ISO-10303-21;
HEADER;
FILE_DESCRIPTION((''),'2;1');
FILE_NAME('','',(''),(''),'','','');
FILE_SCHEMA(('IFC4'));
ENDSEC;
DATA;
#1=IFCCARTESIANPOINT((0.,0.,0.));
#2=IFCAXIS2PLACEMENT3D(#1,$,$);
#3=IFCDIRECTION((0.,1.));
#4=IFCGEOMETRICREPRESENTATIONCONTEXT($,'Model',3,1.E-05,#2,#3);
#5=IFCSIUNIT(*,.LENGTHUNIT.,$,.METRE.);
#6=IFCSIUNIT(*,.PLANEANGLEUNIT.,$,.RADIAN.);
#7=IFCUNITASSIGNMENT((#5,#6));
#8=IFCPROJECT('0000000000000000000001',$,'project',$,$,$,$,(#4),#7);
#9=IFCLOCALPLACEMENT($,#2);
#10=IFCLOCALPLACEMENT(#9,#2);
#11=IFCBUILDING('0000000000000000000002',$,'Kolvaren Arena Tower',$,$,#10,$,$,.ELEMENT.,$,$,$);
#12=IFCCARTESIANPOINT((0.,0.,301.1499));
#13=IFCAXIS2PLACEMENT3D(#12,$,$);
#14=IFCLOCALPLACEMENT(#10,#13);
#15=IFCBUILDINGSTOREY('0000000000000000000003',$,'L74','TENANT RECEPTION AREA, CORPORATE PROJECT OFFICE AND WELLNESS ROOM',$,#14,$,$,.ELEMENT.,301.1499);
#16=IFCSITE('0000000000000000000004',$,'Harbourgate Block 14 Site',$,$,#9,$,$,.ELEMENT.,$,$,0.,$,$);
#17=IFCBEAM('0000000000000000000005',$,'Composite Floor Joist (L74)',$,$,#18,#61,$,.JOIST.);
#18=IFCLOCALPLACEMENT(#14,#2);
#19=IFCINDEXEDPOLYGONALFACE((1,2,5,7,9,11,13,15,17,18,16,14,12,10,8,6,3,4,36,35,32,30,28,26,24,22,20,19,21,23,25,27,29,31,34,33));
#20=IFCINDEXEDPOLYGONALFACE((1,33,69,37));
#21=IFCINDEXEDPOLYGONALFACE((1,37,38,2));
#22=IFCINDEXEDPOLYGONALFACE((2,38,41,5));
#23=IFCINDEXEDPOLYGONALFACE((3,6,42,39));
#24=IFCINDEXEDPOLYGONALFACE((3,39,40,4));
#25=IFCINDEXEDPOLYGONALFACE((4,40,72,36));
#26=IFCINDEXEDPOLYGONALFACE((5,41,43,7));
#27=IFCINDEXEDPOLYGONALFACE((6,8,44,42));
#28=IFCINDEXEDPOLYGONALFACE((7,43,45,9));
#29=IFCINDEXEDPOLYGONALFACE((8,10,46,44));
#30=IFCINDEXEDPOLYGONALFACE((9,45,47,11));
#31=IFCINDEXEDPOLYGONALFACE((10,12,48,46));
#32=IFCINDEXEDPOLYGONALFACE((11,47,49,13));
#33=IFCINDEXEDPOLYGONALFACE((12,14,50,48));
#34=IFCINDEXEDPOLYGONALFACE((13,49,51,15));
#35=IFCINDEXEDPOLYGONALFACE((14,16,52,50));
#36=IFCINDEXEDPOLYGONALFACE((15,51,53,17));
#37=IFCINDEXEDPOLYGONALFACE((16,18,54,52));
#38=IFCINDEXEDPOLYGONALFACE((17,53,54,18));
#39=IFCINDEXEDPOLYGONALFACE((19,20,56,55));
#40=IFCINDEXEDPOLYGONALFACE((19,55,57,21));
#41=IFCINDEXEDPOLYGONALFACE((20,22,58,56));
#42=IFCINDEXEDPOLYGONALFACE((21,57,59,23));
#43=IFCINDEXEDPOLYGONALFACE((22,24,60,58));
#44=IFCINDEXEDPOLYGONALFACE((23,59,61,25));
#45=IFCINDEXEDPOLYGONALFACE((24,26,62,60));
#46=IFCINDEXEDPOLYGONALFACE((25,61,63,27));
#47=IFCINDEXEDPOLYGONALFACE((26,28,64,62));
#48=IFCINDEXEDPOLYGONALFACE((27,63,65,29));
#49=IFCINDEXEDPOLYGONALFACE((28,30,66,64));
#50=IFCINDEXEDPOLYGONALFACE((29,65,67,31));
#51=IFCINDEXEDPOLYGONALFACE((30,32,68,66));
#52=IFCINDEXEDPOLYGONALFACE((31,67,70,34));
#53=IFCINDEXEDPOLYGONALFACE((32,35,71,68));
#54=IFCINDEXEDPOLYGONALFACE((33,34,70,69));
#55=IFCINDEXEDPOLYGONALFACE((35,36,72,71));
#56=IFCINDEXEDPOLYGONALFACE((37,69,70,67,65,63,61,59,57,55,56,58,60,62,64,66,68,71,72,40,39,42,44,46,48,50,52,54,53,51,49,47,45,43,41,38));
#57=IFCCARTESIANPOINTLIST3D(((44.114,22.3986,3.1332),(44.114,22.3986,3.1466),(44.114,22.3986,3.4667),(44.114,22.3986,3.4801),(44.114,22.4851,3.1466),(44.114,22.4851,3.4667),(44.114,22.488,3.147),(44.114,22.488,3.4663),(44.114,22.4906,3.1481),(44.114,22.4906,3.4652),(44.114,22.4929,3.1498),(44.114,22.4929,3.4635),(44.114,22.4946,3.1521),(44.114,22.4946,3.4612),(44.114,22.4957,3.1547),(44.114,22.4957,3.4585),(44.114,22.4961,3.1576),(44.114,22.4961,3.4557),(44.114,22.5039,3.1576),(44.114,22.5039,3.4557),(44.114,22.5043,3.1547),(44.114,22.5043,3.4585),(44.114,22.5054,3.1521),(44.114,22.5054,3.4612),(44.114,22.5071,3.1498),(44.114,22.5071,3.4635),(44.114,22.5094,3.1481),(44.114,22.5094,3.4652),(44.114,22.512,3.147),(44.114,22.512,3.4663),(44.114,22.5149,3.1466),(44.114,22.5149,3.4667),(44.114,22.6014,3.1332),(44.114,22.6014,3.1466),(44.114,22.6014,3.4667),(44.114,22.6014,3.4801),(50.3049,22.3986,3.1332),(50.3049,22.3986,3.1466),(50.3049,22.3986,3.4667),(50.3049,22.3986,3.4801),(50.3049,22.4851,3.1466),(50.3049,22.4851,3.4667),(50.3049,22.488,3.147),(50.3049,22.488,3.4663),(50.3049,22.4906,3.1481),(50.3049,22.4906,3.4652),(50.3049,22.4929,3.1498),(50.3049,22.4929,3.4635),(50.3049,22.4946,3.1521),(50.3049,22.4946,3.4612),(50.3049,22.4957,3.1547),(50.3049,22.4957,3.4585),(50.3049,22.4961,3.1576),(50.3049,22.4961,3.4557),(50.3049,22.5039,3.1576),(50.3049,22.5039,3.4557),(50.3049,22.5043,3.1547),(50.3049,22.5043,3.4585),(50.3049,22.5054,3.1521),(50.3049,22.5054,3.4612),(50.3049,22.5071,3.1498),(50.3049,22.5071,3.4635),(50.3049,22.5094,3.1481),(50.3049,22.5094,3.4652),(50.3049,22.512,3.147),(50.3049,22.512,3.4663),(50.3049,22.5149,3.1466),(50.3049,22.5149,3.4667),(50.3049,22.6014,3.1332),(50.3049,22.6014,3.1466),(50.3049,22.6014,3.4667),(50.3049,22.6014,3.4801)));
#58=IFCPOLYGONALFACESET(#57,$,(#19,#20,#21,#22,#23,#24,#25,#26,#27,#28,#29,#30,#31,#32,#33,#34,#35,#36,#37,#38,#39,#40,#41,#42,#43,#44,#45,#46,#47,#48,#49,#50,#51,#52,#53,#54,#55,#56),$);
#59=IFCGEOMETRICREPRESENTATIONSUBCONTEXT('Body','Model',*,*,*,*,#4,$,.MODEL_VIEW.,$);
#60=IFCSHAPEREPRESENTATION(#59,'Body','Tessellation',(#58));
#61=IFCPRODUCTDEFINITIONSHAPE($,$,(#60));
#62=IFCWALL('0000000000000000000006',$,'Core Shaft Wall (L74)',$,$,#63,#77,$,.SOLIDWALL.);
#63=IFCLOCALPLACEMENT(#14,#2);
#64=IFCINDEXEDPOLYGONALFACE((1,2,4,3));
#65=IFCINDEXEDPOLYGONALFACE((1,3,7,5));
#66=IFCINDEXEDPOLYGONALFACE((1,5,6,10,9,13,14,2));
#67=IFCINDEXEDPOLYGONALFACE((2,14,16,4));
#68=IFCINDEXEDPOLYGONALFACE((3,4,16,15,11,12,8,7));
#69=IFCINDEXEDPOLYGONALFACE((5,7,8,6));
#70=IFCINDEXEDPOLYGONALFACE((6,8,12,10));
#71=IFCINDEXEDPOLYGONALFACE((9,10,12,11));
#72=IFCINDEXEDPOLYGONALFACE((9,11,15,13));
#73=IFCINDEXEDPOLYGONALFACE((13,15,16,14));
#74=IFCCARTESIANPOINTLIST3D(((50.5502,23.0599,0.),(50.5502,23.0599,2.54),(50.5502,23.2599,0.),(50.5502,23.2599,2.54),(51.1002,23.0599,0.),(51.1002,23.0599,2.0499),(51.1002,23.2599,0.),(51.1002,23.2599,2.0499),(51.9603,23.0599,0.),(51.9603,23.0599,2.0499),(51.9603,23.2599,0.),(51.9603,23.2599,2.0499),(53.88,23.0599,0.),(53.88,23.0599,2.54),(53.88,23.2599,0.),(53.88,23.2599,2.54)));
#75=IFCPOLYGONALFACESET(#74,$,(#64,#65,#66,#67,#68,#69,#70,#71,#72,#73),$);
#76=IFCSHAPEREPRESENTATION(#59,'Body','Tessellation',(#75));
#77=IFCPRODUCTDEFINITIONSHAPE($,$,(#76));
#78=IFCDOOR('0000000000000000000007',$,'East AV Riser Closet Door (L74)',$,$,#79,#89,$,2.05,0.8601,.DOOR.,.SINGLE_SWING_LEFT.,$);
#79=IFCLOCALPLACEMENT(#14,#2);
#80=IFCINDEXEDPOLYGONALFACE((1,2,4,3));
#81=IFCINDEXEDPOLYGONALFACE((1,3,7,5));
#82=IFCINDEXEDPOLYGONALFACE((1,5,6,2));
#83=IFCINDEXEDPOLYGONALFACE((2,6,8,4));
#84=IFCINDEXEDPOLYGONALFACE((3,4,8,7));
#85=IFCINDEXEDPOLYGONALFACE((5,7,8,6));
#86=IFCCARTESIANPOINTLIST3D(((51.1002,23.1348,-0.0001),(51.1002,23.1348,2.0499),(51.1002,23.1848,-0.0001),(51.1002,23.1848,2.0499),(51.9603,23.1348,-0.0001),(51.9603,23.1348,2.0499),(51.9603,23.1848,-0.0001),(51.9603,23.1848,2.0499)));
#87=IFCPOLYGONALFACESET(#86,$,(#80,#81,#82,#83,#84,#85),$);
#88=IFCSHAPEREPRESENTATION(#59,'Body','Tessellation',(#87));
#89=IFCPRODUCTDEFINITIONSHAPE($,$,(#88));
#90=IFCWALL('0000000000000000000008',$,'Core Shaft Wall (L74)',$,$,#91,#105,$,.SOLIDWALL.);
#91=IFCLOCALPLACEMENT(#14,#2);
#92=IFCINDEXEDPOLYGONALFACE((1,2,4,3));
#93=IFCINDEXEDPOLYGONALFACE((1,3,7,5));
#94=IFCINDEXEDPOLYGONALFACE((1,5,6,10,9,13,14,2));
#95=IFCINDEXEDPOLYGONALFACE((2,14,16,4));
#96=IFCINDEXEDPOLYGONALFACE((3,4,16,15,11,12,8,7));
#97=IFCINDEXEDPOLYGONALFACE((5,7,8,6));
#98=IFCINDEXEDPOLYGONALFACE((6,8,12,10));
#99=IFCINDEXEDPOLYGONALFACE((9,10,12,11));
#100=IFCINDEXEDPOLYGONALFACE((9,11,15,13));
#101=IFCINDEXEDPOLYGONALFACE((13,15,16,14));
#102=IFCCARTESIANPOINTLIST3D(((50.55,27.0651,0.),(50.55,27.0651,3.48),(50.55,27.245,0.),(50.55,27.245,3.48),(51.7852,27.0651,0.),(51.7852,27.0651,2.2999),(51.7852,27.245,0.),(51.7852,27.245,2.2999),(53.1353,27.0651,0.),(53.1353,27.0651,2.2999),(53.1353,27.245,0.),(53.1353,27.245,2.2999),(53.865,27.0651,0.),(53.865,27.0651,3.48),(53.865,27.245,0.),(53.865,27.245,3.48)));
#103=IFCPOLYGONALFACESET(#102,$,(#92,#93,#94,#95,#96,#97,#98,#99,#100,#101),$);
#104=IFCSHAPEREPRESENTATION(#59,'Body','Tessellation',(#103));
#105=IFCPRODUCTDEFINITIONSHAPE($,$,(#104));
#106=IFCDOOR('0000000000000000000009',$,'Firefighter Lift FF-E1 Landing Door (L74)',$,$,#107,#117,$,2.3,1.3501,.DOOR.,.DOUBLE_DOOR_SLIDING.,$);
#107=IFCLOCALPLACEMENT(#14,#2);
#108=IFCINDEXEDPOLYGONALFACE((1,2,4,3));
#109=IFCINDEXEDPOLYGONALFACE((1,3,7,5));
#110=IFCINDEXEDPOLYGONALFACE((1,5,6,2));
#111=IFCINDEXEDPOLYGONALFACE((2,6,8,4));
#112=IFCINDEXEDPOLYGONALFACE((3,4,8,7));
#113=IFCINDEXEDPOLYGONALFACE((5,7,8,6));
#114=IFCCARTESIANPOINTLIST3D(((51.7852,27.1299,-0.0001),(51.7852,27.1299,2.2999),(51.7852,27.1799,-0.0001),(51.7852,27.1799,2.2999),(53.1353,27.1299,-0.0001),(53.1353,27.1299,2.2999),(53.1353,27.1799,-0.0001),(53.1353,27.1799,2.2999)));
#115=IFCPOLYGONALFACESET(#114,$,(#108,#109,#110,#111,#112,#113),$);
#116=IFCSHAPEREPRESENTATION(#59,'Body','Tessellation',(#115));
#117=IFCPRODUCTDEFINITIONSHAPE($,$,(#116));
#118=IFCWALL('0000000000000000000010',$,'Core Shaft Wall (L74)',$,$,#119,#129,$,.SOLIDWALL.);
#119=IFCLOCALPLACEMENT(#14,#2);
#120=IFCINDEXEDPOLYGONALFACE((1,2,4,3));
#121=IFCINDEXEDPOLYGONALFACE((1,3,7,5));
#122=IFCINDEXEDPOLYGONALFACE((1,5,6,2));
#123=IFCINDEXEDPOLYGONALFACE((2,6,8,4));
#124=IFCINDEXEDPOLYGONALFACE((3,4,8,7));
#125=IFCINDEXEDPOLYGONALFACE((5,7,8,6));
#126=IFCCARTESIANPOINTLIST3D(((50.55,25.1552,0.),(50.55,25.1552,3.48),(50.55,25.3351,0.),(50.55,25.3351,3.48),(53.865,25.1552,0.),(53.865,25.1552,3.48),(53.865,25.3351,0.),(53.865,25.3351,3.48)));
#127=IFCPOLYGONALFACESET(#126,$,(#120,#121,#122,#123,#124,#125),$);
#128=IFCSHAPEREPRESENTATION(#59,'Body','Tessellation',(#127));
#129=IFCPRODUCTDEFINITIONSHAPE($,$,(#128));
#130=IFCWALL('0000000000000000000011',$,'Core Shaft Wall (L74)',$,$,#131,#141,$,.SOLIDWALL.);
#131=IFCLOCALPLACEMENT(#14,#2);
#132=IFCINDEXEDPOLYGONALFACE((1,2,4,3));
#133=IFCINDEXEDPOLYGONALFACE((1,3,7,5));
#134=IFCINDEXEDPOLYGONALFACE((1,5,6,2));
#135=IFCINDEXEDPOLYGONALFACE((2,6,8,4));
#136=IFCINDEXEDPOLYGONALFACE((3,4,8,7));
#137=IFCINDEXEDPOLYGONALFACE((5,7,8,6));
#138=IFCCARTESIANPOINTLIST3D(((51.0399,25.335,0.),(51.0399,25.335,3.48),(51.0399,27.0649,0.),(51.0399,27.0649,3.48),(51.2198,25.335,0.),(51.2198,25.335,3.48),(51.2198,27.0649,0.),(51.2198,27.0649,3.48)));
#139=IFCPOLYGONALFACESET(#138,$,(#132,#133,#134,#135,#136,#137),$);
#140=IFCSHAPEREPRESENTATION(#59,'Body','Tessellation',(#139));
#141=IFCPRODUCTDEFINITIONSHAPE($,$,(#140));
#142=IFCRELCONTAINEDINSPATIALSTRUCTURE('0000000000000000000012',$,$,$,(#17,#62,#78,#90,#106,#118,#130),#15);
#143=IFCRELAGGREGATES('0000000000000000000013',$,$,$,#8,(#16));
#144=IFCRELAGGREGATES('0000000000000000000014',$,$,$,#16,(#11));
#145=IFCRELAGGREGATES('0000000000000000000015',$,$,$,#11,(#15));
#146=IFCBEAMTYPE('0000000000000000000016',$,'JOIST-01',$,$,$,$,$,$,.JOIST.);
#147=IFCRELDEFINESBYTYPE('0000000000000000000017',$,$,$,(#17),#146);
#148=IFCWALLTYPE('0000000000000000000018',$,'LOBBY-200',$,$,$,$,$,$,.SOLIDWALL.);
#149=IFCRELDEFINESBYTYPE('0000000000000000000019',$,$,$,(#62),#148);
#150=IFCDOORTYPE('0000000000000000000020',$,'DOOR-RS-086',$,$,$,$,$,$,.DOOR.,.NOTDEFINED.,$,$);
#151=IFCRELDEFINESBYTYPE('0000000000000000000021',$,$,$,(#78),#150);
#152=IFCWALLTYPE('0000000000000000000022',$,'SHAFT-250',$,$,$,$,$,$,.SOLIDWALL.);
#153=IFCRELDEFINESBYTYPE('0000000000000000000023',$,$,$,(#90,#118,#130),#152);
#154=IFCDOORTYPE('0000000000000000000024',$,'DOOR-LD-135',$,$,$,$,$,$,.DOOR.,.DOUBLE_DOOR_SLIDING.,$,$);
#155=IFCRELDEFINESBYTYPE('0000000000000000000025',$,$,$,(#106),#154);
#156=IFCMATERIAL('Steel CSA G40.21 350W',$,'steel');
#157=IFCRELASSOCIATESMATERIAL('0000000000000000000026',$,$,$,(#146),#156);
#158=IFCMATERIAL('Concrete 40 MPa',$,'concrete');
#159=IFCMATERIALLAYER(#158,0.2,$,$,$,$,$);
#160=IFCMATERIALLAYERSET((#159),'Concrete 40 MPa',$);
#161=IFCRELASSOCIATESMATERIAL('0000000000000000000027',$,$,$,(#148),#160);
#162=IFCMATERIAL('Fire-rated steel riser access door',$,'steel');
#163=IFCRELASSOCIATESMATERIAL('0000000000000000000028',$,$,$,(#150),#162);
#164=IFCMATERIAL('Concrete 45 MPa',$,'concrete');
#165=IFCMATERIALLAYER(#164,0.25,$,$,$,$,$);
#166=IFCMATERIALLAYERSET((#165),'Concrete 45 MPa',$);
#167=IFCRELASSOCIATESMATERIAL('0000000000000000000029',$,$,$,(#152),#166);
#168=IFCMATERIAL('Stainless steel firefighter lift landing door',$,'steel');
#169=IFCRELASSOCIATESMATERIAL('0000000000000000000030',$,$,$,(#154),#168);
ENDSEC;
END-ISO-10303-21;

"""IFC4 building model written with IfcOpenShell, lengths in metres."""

from ifc_helpers import new_model, si_unit, direction, frame, frame_2d, origin, origin_2d, place, context, subcontext, project, spatial, rectangle, i_section, extrude, material, layer, layer_set, material_profile, profile_set, type_object, element, fill, save


model = new_model("IFC4")

# Units and contexts
model_context = context("Model", 3, precision=1e-05, world=origin(), true_north=direction((0.0, 1.0)))
body_context = subcontext(model_context, "Body", "Model", "MODEL_VIEW")
ifc_project = project(units=[si_unit("LENGTHUNIT", "METRE"), si_unit("PLANEANGLEUNIT", "RADIAN")], contexts=[model_context])

# Site, building, storey
site_placement = place(None, origin())
site = spatial("IfcSite", under=ifc_project, at=site_placement, Name="Harbourgate Block 14 Site", CompositionType="ELEMENT", RefElevation=0.0)
building_placement = place(site_placement, origin())
building = spatial("IfcBuilding", under=site, at=building_placement, Name="Kolvaren Arena Tower", CompositionType="ELEMENT")
storey_placement = place(building_placement, frame((0.0, 0.0, 301.1499)))
storey = spatial("IfcBuildingStorey", under=building, at=storey_placement, Name="L74", Description="TENANT RECEPTION AREA, CORPORATE PROJECT OFFICE AND WELLNESS ROOM", CompositionType="ELEMENT", Elevation=301.1499)

# Beam
ifc_material_1 = material(Name="Steel CSA G40.21 350W", Category="steel")
ifc_material_profile_1 = material_profile(ifc_material_1, i_section(OverallWidth=0.2029, OverallDepth=0.3469, WebThickness=0.0078, FlangeThickness=0.0134, FilletRadius=0.011, at=origin_2d()), Name="W360x64")
ifc_profile_set_1 = profile_set([ifc_material_profile_1], Name="Steel CSA G40.21 350W")
beam_type_1 = type_object("IfcBeamType", Name="JOIST-01", PredefinedType="JOIST", material=ifc_profile_set_1)
beam_1_placement = place(storey_placement, frame((44.114, 22.5, 3.3066), z_axis=(1.0, 0.0, 0.0), x_axis=(0.0, 1.0, 0.0)))
element("IfcBeam", 1, at=beam_1_placement, inside=storey, type_object=beam_type_1, Name="Composite Floor Joist (L74)", PredefinedType="JOIST", context=body_context, shape_type="SweptSolid", body=[
    extrude(i_section(OverallWidth=0.2029, OverallDepth=0.3469, WebThickness=0.0078, FlangeThickness=0.0134, FilletRadius=0.011, at=origin_2d()), origin(), (0.0, 0.0, 1.0), 6.1909),
])

# Shared definitions
ifc_material_2 = material(Name="Concrete 40 MPa", Category="concrete")
ifc_layer_1 = layer(ifc_material_2, 0.2)
ifc_layer_set_1 = layer_set([ifc_layer_1], Name="Concrete 40 MPa")
wall_type_1 = type_object("IfcWallType", Name="LOBBY-200", PredefinedType="SOLIDWALL", material=ifc_layer_set_1)

# Walls, openings, doors
wall_1_placement = place(storey_placement, frame((50.55, 23.1599, 0.0), z_axis=(0.0, 0.0, 1.0), x_axis=(1.0, 0.0, 0.0)))
wall_1 = element("IfcWall", 2, at=wall_1_placement, inside=storey, type_object=wall_type_1, Name="Core Shaft Wall (L74)", PredefinedType="SOLIDWALL", context=body_context, shape_type="SweptSolid", body=[
    extrude(rectangle(XDim=3.3298, YDim=0.2, at=frame_2d((1.665, 0.0))), origin(), (0.0, 0.0, 1.0), 2.54),
])
opening_1_placement = place(wall_1_placement, frame((0.55, 0.0, 0.0)))
opening_1 = element("IfcOpeningElement", 3, at=opening_1_placement, cuts=wall_1, PredefinedType="OPENING", context=body_context, shape_type="SweptSolid", body=[
    extrude(rectangle(XDim=0.8601, YDim=2.05, at=frame_2d((0.4302, 1.0249))), frame((0.0, 0.1099, 0.0), z_axis=(0.0, -1.0, 0.0), x_axis=(1.0, 0.0, 0.0)), (0.0, 0.0, 1.0), 0.22),
])
ifc_material_3 = material(Name="Fire-rated steel riser access door", Category="steel")
door_type_1 = type_object("IfcDoorType", Name="DOOR-RS-086", OperationType="NOTDEFINED", PredefinedType="DOOR", material=ifc_material_3)
door_1_placement = place(opening_1_placement, origin())
door_1 = element("IfcDoor", 4, at=door_1_placement, inside=storey, type_object=door_type_1, Name="East AV Riser Closet Door (L74)", OperationType="SINGLE_SWING_LEFT", OverallHeight=2.05, OverallWidth=0.8601, PredefinedType="DOOR", context=body_context, shape_type="SweptSolid", body=[
    extrude(rectangle(XDim=0.8601, YDim=2.05, at=frame_2d((0.4302, 1.0249))), frame((0.0, 0.0249, 0.0), z_axis=(0.0, -1.0, 0.0), x_axis=(1.0, 0.0, 0.0)), (0.0, 0.0, 1.0), 0.05),
])
fill(opening_1, door_1)
ifc_material_4 = material(Name="Concrete 45 MPa", Category="concrete")
ifc_layer_2 = layer(ifc_material_4, 0.25)
ifc_layer_set_2 = layer_set([ifc_layer_2], Name="Concrete 45 MPa")
wall_type_2 = type_object("IfcWallType", Name="SHAFT-250", PredefinedType="SOLIDWALL", material=ifc_layer_set_2)
wall_2_placement = place(storey_placement, frame((50.55, 27.155, 0.0), z_axis=(0.0, 0.0, 1.0), x_axis=(1.0, 0.0, 0.0)))
wall_2 = element("IfcWall", 5, at=wall_2_placement, inside=storey, type_object=wall_type_2, Name="Core Shaft Wall (L74)", PredefinedType="SOLIDWALL", context=body_context, shape_type="SweptSolid", body=[
    extrude(rectangle(XDim=3.3149, YDim=0.1799, at=frame_2d((1.6575, 0.0))), origin(), (0.0, 0.0, 1.0), 3.48),
])
opening_2_placement = place(wall_2_placement, frame((1.2351, 0.0, 0.0)))
opening_2 = element("IfcOpeningElement", 6, at=opening_2_placement, cuts=wall_2, PredefinedType="OPENING", context=body_context, shape_type="SweptSolid", body=[
    extrude(rectangle(XDim=1.3501, YDim=2.3, at=frame_2d((0.675, 1.1499))), frame((0.0, 0.0999, 0.0), z_axis=(0.0, -1.0, 0.0), x_axis=(1.0, 0.0, 0.0)), (0.0, 0.0, 1.0), 0.2),
])
ifc_material_5 = material(Name="Stainless steel firefighter lift landing door", Category="steel")
door_type_2 = type_object("IfcDoorType", Name="DOOR-LD-135", OperationType="DOUBLE_DOOR_SLIDING", PredefinedType="DOOR", material=ifc_material_5)
door_2_placement = place(opening_2_placement, origin())
door_2 = element("IfcDoor", 7, at=door_2_placement, inside=storey, type_object=door_type_2, Name="Firefighter Lift FF-E1 Landing Door (L74)", OperationType="DOUBLE_DOOR_SLIDING", OverallHeight=2.3, OverallWidth=1.3501, PredefinedType="DOOR", context=body_context, shape_type="SweptSolid", body=[
    extrude(rectangle(XDim=1.3501, YDim=2.3, at=frame_2d((0.675, 1.1499))), frame((0.0, 0.0249, 0.0), z_axis=(0.0, -1.0, 0.0), x_axis=(1.0, 0.0, 0.0)), (0.0, 0.0, 1.0), 0.05),
])
fill(opening_2, door_2)

# Walls
wall_3_placement = place(storey_placement, frame((50.55, 25.2451, 0.0), z_axis=(0.0, 0.0, 1.0), x_axis=(1.0, 0.0, 0.0)))
element("IfcWall", 8, at=wall_3_placement, inside=storey, type_object=wall_type_2, Name="Core Shaft Wall (L74)", PredefinedType="SOLIDWALL", context=body_context, shape_type="SweptSolid", body=[
    extrude(rectangle(XDim=3.3149, YDim=0.1799, at=frame_2d((1.6575, 0.0))), origin(), (0.0, 0.0, 1.0), 3.48),
])
wall_4_placement = place(storey_placement, frame((51.1299, 25.335, 0.0), z_axis=(0.0, 0.0, 1.0), x_axis=(0.0, 1.0, 0.0)))
element("IfcWall", 9, at=wall_4_placement, inside=storey, type_object=wall_type_2, Name="Core Shaft Wall (L74)", PredefinedType="SOLIDWALL", context=body_context, shape_type="SweptSolid", body=[
    extrude(rectangle(XDim=1.73, YDim=0.1799, at=frame_2d((0.865, 0.0))), origin(), (0.0, 0.0, 1.0), 3.48),
])

save(model, "model.ifc")
